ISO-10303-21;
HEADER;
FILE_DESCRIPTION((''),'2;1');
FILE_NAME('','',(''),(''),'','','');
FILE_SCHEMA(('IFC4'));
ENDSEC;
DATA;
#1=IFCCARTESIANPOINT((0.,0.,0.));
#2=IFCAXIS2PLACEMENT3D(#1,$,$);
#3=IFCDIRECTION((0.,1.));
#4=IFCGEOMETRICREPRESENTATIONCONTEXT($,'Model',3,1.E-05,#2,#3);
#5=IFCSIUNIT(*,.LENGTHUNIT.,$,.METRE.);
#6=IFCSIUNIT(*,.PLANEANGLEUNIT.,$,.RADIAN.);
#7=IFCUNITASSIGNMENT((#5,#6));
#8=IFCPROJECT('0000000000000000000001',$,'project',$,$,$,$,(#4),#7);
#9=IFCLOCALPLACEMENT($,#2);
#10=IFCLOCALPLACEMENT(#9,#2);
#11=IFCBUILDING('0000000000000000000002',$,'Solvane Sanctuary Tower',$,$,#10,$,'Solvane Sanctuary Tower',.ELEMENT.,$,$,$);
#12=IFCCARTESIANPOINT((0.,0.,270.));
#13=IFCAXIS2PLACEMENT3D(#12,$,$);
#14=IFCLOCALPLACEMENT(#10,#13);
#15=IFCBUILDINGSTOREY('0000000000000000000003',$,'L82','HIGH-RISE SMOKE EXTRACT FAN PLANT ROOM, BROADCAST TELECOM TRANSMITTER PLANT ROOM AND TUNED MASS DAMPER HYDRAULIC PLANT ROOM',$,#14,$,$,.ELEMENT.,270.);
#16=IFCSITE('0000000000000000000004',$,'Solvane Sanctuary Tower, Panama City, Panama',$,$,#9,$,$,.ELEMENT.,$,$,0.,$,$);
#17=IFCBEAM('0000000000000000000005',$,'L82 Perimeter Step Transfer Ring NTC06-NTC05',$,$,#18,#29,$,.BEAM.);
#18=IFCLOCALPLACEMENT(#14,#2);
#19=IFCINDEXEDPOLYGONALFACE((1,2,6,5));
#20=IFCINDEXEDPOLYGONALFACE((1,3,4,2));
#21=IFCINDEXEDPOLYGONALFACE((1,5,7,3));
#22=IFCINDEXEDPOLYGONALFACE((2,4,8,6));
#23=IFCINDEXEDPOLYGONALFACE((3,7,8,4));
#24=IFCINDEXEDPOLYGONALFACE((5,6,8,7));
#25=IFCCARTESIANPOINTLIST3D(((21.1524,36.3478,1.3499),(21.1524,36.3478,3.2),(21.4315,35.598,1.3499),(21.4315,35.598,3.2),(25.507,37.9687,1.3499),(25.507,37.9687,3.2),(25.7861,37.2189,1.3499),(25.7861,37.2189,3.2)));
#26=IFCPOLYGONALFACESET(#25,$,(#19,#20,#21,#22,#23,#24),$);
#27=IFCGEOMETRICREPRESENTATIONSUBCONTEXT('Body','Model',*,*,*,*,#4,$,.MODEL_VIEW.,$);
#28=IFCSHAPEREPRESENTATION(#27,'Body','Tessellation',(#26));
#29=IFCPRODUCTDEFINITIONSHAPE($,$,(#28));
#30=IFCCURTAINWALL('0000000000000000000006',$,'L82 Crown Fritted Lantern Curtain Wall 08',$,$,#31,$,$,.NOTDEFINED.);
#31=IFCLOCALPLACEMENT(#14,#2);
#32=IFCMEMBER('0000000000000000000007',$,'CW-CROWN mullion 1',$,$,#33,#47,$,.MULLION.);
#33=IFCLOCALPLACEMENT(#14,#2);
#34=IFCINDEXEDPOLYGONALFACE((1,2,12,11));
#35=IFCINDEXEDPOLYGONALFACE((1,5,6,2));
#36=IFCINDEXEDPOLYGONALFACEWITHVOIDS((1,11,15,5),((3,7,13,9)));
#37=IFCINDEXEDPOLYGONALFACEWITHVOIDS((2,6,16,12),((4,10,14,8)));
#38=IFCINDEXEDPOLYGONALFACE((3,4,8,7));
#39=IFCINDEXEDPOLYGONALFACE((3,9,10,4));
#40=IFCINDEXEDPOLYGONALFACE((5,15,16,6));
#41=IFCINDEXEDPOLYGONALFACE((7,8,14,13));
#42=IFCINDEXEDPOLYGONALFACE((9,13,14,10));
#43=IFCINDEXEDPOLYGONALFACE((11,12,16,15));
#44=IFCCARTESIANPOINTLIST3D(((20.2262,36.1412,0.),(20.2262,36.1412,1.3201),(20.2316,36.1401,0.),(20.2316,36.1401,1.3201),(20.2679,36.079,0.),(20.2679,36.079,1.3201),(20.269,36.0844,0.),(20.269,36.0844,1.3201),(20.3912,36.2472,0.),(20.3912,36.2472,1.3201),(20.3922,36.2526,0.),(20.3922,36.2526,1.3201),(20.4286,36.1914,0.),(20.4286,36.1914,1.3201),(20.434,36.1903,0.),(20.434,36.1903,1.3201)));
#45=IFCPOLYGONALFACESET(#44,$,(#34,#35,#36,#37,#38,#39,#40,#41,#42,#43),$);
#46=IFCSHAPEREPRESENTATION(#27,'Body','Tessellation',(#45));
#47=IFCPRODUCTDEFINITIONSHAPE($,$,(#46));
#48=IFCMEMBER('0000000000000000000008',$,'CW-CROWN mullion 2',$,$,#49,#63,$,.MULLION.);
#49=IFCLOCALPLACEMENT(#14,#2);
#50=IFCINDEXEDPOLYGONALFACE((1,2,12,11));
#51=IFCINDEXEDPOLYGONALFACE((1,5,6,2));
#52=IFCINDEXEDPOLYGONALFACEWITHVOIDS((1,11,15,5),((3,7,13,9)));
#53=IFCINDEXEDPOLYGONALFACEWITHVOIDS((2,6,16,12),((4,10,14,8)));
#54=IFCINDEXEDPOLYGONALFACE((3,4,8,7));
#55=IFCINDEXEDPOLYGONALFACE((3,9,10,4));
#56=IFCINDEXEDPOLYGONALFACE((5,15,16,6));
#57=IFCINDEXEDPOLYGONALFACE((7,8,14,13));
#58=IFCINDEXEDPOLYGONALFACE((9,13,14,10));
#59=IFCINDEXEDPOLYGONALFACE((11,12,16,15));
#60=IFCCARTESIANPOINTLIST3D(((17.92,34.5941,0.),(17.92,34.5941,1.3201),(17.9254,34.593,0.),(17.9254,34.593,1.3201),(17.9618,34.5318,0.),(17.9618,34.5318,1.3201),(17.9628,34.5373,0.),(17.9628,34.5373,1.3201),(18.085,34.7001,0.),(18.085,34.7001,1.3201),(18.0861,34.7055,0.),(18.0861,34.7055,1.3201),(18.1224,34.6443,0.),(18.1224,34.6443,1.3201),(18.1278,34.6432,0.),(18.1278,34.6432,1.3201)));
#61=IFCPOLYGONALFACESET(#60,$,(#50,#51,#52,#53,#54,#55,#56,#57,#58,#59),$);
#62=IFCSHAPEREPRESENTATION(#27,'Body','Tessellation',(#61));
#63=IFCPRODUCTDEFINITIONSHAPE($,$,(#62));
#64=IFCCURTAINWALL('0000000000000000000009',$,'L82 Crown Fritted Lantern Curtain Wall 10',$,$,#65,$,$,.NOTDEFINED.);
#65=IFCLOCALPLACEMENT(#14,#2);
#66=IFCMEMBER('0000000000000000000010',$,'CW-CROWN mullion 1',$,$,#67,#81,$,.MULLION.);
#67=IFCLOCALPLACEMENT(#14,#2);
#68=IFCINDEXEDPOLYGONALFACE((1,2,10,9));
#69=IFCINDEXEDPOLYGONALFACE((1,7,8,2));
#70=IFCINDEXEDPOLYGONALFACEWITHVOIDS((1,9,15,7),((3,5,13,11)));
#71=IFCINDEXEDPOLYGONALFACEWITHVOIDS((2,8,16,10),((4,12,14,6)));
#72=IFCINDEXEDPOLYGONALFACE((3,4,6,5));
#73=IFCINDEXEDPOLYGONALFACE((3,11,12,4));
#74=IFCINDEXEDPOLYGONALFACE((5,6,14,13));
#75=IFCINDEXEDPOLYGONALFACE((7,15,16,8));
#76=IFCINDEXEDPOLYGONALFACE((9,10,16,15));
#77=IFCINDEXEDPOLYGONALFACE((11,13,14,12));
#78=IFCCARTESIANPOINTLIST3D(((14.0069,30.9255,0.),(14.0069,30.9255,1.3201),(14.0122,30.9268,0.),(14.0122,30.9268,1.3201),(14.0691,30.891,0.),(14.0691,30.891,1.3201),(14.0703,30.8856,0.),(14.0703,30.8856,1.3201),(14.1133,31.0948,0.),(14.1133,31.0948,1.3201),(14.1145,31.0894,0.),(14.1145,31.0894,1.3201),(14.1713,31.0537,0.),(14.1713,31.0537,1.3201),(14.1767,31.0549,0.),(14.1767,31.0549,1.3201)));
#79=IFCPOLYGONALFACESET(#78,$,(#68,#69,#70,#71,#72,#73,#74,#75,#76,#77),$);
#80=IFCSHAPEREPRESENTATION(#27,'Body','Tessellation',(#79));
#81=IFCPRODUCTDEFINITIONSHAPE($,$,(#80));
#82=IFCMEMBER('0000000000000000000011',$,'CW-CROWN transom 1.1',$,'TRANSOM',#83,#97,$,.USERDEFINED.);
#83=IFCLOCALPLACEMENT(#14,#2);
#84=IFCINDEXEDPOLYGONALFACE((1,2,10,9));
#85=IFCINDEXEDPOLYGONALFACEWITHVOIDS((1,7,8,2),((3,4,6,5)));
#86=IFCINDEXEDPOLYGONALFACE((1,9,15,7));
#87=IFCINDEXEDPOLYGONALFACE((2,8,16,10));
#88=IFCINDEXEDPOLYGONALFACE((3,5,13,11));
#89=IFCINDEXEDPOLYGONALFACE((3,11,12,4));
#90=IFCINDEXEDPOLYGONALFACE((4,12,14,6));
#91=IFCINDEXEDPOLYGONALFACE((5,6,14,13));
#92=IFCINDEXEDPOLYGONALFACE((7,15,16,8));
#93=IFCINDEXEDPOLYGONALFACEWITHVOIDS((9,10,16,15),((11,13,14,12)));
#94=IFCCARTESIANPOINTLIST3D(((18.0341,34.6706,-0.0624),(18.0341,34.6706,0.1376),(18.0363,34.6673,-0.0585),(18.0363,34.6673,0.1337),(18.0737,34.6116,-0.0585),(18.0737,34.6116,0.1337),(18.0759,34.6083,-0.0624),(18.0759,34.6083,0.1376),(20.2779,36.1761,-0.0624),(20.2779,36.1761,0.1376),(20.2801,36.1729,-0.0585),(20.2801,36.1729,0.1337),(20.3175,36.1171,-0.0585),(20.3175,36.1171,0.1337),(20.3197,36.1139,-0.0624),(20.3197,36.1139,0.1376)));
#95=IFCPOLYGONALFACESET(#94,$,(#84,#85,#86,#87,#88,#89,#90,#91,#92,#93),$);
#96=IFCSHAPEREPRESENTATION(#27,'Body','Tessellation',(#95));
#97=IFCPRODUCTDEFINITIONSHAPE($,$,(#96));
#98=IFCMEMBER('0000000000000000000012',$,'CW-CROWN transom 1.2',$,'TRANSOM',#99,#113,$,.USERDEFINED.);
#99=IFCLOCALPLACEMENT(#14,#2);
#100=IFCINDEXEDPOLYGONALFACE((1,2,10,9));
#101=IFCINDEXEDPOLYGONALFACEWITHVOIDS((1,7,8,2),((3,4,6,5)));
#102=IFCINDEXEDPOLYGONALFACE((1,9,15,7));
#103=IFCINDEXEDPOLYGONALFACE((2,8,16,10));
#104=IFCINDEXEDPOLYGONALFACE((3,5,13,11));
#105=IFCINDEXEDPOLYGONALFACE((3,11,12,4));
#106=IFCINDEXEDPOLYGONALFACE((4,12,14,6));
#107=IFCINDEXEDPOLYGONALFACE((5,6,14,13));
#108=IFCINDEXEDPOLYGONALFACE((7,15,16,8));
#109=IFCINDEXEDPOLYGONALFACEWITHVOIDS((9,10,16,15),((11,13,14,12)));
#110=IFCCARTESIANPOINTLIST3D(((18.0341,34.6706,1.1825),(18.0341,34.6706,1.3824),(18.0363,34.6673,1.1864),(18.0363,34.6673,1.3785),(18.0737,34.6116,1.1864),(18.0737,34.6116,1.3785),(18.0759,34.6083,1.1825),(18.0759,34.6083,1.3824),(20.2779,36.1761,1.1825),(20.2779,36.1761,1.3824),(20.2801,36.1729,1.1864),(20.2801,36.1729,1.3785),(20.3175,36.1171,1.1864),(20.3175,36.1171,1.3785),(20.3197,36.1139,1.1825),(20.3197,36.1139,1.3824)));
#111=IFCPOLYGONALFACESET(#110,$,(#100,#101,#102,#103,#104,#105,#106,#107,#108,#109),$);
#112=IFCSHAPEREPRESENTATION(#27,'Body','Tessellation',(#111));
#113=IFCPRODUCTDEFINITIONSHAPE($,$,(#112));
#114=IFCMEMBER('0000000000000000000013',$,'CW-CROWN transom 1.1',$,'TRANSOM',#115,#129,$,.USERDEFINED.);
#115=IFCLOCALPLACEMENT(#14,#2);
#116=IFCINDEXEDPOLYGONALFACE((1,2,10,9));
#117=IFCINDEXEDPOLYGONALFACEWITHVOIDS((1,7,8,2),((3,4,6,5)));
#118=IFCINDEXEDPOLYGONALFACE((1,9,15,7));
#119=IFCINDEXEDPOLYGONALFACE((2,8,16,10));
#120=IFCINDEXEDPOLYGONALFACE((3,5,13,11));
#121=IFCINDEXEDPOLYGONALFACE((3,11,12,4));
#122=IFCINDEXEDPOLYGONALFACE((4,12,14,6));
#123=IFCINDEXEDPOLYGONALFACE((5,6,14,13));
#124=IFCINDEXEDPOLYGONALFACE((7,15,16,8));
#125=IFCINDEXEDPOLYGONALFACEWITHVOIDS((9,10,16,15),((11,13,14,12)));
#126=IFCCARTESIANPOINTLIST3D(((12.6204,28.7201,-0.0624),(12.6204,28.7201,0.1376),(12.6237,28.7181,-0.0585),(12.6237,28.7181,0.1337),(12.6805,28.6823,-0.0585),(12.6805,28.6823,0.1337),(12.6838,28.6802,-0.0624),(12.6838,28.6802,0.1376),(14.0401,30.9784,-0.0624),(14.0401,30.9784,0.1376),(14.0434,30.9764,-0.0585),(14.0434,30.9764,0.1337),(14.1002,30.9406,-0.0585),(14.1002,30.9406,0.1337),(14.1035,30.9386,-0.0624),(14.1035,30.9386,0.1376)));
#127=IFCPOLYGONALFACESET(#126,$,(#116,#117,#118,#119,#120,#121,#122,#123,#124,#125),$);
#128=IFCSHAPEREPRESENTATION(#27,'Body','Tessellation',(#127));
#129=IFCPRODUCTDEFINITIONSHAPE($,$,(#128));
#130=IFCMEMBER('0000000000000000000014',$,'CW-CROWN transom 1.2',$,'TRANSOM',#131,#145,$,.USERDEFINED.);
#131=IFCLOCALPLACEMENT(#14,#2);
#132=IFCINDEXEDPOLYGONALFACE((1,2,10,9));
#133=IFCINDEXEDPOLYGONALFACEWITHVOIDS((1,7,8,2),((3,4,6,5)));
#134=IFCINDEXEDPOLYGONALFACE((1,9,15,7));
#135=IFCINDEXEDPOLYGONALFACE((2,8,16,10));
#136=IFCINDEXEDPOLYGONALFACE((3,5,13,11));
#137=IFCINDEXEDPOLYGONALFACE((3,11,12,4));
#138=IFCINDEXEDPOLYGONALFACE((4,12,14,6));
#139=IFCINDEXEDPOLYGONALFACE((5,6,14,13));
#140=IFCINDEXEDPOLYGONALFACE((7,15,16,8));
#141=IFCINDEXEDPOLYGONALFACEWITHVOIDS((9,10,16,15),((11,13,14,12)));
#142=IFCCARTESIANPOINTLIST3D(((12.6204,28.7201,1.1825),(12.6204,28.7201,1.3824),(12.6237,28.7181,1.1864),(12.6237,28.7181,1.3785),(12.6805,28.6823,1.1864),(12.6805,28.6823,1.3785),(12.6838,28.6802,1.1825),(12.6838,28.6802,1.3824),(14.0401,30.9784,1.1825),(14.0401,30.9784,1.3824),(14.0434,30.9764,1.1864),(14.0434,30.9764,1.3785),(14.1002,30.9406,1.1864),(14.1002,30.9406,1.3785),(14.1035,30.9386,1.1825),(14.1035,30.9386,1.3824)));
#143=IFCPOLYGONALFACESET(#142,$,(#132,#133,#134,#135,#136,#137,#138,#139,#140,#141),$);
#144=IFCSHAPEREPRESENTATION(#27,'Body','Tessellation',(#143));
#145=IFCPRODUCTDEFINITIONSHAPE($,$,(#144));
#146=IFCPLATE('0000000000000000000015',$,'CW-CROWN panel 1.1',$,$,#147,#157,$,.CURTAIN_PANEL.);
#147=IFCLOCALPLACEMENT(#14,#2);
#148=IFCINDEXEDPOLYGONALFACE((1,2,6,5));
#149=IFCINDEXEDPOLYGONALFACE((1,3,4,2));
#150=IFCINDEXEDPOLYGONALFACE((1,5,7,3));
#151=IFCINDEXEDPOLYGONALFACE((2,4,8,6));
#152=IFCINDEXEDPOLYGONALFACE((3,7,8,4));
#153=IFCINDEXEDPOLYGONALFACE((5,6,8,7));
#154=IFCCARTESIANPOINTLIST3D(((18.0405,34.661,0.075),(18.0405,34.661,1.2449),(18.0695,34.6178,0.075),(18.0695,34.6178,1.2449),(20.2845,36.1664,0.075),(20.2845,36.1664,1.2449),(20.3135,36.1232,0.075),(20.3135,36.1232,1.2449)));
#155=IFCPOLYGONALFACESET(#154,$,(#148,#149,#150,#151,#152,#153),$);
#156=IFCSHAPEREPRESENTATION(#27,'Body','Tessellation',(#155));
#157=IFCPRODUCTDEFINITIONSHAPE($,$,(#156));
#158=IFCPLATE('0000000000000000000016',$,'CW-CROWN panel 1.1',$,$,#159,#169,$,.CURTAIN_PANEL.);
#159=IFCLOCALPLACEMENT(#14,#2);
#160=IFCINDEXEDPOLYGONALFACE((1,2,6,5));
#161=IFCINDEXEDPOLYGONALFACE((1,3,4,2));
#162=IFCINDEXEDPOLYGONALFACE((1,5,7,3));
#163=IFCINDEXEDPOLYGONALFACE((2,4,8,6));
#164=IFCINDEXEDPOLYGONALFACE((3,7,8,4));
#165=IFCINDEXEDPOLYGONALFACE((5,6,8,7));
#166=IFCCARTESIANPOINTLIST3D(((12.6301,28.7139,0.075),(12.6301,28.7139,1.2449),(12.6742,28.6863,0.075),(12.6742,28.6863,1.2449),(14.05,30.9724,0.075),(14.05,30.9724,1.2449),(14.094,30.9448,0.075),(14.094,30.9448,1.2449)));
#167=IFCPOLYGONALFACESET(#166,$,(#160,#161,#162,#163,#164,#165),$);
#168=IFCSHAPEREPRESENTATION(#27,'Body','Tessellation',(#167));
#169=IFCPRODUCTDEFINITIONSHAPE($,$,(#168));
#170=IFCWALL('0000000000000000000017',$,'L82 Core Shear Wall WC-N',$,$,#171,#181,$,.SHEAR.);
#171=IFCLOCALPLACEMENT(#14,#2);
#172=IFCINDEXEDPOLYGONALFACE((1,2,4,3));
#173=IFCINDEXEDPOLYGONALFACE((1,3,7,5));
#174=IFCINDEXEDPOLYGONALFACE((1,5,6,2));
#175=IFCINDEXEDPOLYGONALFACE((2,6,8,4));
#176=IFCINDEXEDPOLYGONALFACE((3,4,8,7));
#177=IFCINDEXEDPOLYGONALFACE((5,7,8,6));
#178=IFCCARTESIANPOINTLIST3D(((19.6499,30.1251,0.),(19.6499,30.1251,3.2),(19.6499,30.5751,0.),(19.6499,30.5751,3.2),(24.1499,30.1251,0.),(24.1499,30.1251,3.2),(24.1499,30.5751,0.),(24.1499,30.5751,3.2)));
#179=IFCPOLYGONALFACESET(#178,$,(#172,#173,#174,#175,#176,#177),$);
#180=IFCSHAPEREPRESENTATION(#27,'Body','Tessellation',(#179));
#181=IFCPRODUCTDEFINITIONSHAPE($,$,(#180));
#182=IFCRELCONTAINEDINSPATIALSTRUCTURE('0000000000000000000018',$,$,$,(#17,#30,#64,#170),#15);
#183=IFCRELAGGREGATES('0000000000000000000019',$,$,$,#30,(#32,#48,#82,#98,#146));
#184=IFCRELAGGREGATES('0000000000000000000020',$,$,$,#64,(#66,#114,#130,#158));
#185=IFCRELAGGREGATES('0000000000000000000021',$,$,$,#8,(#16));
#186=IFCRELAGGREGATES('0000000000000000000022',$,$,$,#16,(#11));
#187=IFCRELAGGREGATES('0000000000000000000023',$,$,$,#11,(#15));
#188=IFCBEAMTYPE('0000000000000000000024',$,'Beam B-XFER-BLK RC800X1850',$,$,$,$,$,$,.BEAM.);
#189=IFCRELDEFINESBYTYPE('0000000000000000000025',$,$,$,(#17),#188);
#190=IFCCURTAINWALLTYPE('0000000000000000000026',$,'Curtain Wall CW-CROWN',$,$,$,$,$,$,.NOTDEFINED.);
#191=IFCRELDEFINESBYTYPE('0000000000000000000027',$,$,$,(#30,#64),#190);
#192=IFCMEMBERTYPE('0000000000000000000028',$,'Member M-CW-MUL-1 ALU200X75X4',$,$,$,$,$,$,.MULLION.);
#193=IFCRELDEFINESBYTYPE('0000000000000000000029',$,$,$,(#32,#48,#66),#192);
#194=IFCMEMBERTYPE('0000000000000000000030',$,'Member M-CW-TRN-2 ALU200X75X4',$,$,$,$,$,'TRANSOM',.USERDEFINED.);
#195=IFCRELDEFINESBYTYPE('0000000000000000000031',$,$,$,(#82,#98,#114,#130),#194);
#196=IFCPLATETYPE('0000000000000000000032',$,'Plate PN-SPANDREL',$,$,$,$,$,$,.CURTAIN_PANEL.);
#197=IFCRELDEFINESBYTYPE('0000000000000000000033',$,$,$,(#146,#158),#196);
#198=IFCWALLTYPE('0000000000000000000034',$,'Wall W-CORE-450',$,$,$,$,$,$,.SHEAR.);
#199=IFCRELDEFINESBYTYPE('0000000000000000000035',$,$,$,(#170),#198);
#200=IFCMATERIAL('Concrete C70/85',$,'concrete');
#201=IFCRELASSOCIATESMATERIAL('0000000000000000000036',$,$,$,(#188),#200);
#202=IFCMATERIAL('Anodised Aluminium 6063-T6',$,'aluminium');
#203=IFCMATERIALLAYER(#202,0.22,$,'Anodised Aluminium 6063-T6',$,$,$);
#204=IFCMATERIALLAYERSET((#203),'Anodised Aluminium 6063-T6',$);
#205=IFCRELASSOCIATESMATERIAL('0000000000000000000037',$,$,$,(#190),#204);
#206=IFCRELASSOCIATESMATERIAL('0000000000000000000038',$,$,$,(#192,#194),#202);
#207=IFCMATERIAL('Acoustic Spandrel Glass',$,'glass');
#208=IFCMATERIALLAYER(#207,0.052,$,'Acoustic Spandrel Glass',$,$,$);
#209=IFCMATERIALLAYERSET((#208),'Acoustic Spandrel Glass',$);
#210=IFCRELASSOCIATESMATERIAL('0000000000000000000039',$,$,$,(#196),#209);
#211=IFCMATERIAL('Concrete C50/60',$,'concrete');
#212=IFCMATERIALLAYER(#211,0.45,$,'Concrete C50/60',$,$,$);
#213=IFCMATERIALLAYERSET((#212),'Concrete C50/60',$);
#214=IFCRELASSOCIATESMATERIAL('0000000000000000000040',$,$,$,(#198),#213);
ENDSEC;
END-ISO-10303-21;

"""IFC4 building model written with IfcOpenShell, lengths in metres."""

from ifc_helpers import new_model, si_unit, direction, frame, frame_2d, origin, origin_2d, place, context, subcontext, project, spatial, rectangle, hollow_rectangle, extrude, material, layer, layer_set, material_profile, profile_set, type_object, element, aggregate, save


model = new_model("IFC4")

# Units and contexts
model_context = context("Model", 3, precision=1e-05, world=origin(), true_north=direction((0.0, 1.0)))
body_context = subcontext(model_context, "Body", "Model", "MODEL_VIEW")
ifc_project = project(units=[si_unit("LENGTHUNIT", "METRE"), si_unit("PLANEANGLEUNIT", "RADIAN")], contexts=[model_context])

# Site, building, storey
site_placement = place(None, origin())
site = spatial("IfcSite", under=ifc_project, at=site_placement, Name="Solvane Sanctuary Tower, Panama City, Panama", CompositionType="ELEMENT", RefElevation=0.0)
building_placement = place(site_placement, origin())
building = spatial("IfcBuilding", under=site, at=building_placement, Name="Solvane Sanctuary Tower", LongName="Solvane Sanctuary Tower", CompositionType="ELEMENT")
storey_placement = place(building_placement, frame((0.0, 0.0, 270.0)))
storey = spatial("IfcBuildingStorey", under=building, at=storey_placement, Name="L82", Description="HIGH-RISE SMOKE EXTRACT FAN PLANT ROOM, BROADCAST TELECOM TRANSMITTER PLANT ROOM AND TUNED MASS DAMPER HYDRAULIC PLANT ROOM", CompositionType="ELEMENT", Elevation=270.0)

# Shared definitions
ifc_material_1 = material(Name="Concrete C70/85", Category="concrete")

# Beam
ifc_material_profile_1 = material_profile(ifc_material_1, rectangle(XDim=0.8, YDim=1.8501, at=origin_2d()), Name="RC800X1850")
ifc_profile_set_1 = profile_set([ifc_material_profile_1], Name="Concrete C70/85")
beam_type_1 = type_object("IfcBeamType", Name="Beam B-XFER-BLK RC800X1850", PredefinedType="BEAM", material=ifc_profile_set_1)
beam_1_placement = place(storey_placement, frame((21.292, 35.9729, 2.2749), z_axis=(0.937182, 0.348842, 0.0), x_axis=(-0.348842, 0.937182, 0.0)))
element("IfcBeam", 1, at=beam_1_placement, inside=storey, type_object=beam_type_1, Name="L82 Perimeter Step Transfer Ring NTC06-NTC05", PredefinedType="BEAM", context=body_context, shape_type="SweptSolid", body=[
    extrude(rectangle(XDim=0.8, YDim=1.8501, at=origin_2d()), origin(), (0.0, 0.0, 1.0), 4.6465),
])

# Curtain wall, members
ifc_material_2 = material(Name="Anodised Aluminium 6063-T6", Category="aluminium")
ifc_layer_1 = layer(ifc_material_2, 0.22, Name="Anodised Aluminium 6063-T6")
ifc_layer_set_1 = layer_set([ifc_layer_1], Name="Anodised Aluminium 6063-T6")
curtain_wall_type = type_object("IfcCurtainWallType", Name="Curtain Wall CW-CROWN", PredefinedType="NOTDEFINED", material=ifc_layer_set_1)
curtain_wall_1_placement = place(storey_placement, origin())
curtain_wall_1 = element("IfcCurtainWall", 2, at=curtain_wall_1_placement, inside=storey, type_object=curtain_wall_type, Name="L82 Crown Fritted Lantern Curtain Wall 08", PredefinedType="NOTDEFINED")
ifc_material_profile_2 = material_profile(ifc_material_2, hollow_rectangle(XDim=0.075, YDim=0.2, WallThickness=0.0039, at=origin_2d()), Name="ALU200X75X4")
ifc_profile_set_2 = profile_set([ifc_material_profile_2], Name="Anodised Aluminium 6063-T6")
member_type_1 = type_object("IfcMemberType", Name="Member M-CW-MUL-1 ALU200X75X4", PredefinedType="MULLION", material=ifc_profile_set_2)
member_1_placement = place(storey_placement, frame((20.3301, 36.1658, 0.0), z_axis=(0.0, 0.0, 1.0), x_axis=(0.557125, -0.830429, 0.0)))
member_1 = element("IfcMember", 3, at=member_1_placement, type_object=member_type_1, Name="CW-CROWN mullion 1", PredefinedType="MULLION", context=body_context, shape_type="SweptSolid", body=[
    extrude(hollow_rectangle(XDim=0.075, YDim=0.2, WallThickness=0.0039, at=origin_2d()), origin(), (0.0, 0.0, 1.0), 1.3201),
])
member_2_placement = place(storey_placement, frame((18.0239, 34.6187, 0.0), z_axis=(0.0, 0.0, 1.0), x_axis=(0.557125, -0.830429, 0.0)))
member_2 = element("IfcMember", 4, at=member_2_placement, type_object=member_type_1, Name="CW-CROWN mullion 2", PredefinedType="MULLION", context=body_context, shape_type="SweptSolid", body=[
    extrude(hollow_rectangle(XDim=0.075, YDim=0.2, WallThickness=0.0039, at=origin_2d()), origin(), (0.0, 0.0, 1.0), 1.3201),
])

# Curtain wall, member
curtain_wall_2_placement = place(storey_placement, origin())
curtain_wall_2 = element("IfcCurtainWall", 5, at=curtain_wall_2_placement, inside=storey, type_object=curtain_wall_type, Name="L82 Crown Fritted Lantern Curtain Wall 10", PredefinedType="NOTDEFINED")
member_3_placement = place(storey_placement, frame((14.0918, 30.9902, 0.0), z_axis=(0.0, 0.0, 1.0), x_axis=(0.846604, -0.532224, 0.0)))
member_3 = element("IfcMember", 6, at=member_3_placement, type_object=member_type_1, Name="CW-CROWN mullion 1", PredefinedType="MULLION", context=body_context, shape_type="SweptSolid", body=[
    extrude(hollow_rectangle(XDim=0.075, YDim=0.2, WallThickness=0.0039, at=origin_2d()), origin(), (0.0, 0.0, 1.0), 1.3201),
])

# Members
ifc_material_profile_3 = material_profile(ifc_material_2, hollow_rectangle(XDim=0.075, YDim=0.2, WallThickness=0.0039, at=origin_2d()), Name="ALU200X75X4")
ifc_profile_set_3 = profile_set([ifc_material_profile_3], Name="Anodised Aluminium 6063-T6")
member_type_2 = type_object("IfcMemberType", Name="Member M-CW-TRN-2 ALU200X75X4", ElementType="TRANSOM", PredefinedType="USERDEFINED", material=ifc_profile_set_3)
member_4_placement = place(storey_placement, frame((20.2988, 36.145, 0.0376), z_axis=(-0.830393, -0.557179, 0.0), x_axis=(0.557179, -0.830393, 0.0)))
member_4 = element("IfcMember", 7, at=member_4_placement, type_object=member_type_2, Name="CW-CROWN transom 1.1", ObjectType="TRANSOM", PredefinedType="USERDEFINED", context=body_context, shape_type="SweptSolid", body=[
    extrude(hollow_rectangle(XDim=0.075, YDim=0.2, WallThickness=0.0039, at=origin_2d()), origin(), (0.0, 0.0, 1.0), 2.7021),
])
member_5_placement = place(storey_placement, frame((20.2988, 36.145, 1.2825), z_axis=(-0.830393, -0.557179, 0.0), x_axis=(0.557179, -0.830393, 0.0)))
member_5 = element("IfcMember", 8, at=member_5_placement, type_object=member_type_2, Name="CW-CROWN transom 1.2", ObjectType="TRANSOM", PredefinedType="USERDEFINED", context=body_context, shape_type="SweptSolid", body=[
    extrude(hollow_rectangle(XDim=0.075, YDim=0.2, WallThickness=0.0039, at=origin_2d()), origin(), (0.0, 0.0, 1.0), 2.7021),
])
member_6_placement = place(storey_placement, frame((14.0718, 30.9585, 0.0376), z_axis=(-0.532218, -0.846607, 0.0), x_axis=(0.846607, -0.532218, 0.0)))
member_6 = element("IfcMember", 9, at=member_6_placement, type_object=member_type_2, Name="CW-CROWN transom 1.1", ObjectType="TRANSOM", PredefinedType="USERDEFINED", context=body_context, shape_type="SweptSolid", body=[
    extrude(hollow_rectangle(XDim=0.075, YDim=0.2, WallThickness=0.0039, at=origin_2d()), origin(), (0.0, 0.0, 1.0), 2.6675),
])
member_7_placement = place(storey_placement, frame((14.0718, 30.9585, 1.2825), z_axis=(-0.532218, -0.846607, 0.0), x_axis=(0.846607, -0.532218, 0.0)))
member_7 = element("IfcMember", 10, at=member_7_placement, type_object=member_type_2, Name="CW-CROWN transom 1.2", ObjectType="TRANSOM", PredefinedType="USERDEFINED", context=body_context, shape_type="SweptSolid", body=[
    extrude(hollow_rectangle(XDim=0.075, YDim=0.2, WallThickness=0.0039, at=origin_2d()), origin(), (0.0, 0.0, 1.0), 2.6675),
])

# Plates
ifc_material_3 = material(Name="Acoustic Spandrel Glass", Category="glass")
ifc_layer_2 = layer(ifc_material_3, 0.052, Name="Acoustic Spandrel Glass")
ifc_layer_set_2 = layer_set([ifc_layer_2], Name="Acoustic Spandrel Glass")
plate_type = type_object("IfcPlateType", Name="Plate PN-SPANDREL", PredefinedType="CURTAIN_PANEL", material=ifc_layer_set_2)
plate_1_placement = place(storey_placement, frame((19.177, 35.3921, 0.075), z_axis=(0.0, 0.0, 1.0), x_axis=(-0.830429, -0.557125, 0.0)))
plate_1 = element("IfcPlate", 11, at=plate_1_placement, type_object=plate_type, Name="CW-CROWN panel 1.1", PredefinedType="CURTAIN_PANEL", context=body_context, shape_type="SweptSolid", body=[
    extrude(rectangle(XDim=2.7021, YDim=0.052, at=origin_2d()), origin(), (0.0, 0.0, 1.0), 1.1699),
])
aggregate(curtain_wall_1, [member_1, member_2, member_4, member_5, plate_1])
plate_2_placement = place(storey_placement, frame((13.3621, 29.8293, 0.075), z_axis=(0.0, 0.0, 1.0), x_axis=(-0.532224, -0.846604, 0.0)))
plate_2 = element("IfcPlate", 12, at=plate_2_placement, type_object=plate_type, Name="CW-CROWN panel 1.1", PredefinedType="CURTAIN_PANEL", context=body_context, shape_type="SweptSolid", body=[
    extrude(rectangle(XDim=2.6677, YDim=0.052, at=origin_2d()), origin(), (0.0, 0.0, 1.0), 1.1699),
])
aggregate(curtain_wall_2, [member_3, member_6, member_7, plate_2])

# Wall
ifc_material_4 = material(Name="Concrete C50/60", Category="concrete")
ifc_layer_3 = layer(ifc_material_4, 0.45, Name="Concrete C50/60")
ifc_layer_set_3 = layer_set([ifc_layer_3], Name="Concrete C50/60")
wall_type_1 = type_object("IfcWallType", Name="Wall W-CORE-450", PredefinedType="SHEAR", material=ifc_layer_set_3)
wall_1_placement = place(storey_placement, frame((19.6499, 30.3501, 0.0), z_axis=(0.0, 0.0, 1.0), x_axis=(1.0, 0.0, 0.0)))
element("IfcWall", 13, at=wall_1_placement, inside=storey, type_object=wall_type_1, Name="L82 Core Shear Wall WC-N", PredefinedType="SHEAR", context=body_context, shape_type="SweptSolid", body=[
    extrude(rectangle(XDim=4.5, YDim=0.45, at=frame_2d((2.25, 0.0))), origin(), (0.0, 0.0, 1.0), 3.2),
])

save(model, "model.ifc")
